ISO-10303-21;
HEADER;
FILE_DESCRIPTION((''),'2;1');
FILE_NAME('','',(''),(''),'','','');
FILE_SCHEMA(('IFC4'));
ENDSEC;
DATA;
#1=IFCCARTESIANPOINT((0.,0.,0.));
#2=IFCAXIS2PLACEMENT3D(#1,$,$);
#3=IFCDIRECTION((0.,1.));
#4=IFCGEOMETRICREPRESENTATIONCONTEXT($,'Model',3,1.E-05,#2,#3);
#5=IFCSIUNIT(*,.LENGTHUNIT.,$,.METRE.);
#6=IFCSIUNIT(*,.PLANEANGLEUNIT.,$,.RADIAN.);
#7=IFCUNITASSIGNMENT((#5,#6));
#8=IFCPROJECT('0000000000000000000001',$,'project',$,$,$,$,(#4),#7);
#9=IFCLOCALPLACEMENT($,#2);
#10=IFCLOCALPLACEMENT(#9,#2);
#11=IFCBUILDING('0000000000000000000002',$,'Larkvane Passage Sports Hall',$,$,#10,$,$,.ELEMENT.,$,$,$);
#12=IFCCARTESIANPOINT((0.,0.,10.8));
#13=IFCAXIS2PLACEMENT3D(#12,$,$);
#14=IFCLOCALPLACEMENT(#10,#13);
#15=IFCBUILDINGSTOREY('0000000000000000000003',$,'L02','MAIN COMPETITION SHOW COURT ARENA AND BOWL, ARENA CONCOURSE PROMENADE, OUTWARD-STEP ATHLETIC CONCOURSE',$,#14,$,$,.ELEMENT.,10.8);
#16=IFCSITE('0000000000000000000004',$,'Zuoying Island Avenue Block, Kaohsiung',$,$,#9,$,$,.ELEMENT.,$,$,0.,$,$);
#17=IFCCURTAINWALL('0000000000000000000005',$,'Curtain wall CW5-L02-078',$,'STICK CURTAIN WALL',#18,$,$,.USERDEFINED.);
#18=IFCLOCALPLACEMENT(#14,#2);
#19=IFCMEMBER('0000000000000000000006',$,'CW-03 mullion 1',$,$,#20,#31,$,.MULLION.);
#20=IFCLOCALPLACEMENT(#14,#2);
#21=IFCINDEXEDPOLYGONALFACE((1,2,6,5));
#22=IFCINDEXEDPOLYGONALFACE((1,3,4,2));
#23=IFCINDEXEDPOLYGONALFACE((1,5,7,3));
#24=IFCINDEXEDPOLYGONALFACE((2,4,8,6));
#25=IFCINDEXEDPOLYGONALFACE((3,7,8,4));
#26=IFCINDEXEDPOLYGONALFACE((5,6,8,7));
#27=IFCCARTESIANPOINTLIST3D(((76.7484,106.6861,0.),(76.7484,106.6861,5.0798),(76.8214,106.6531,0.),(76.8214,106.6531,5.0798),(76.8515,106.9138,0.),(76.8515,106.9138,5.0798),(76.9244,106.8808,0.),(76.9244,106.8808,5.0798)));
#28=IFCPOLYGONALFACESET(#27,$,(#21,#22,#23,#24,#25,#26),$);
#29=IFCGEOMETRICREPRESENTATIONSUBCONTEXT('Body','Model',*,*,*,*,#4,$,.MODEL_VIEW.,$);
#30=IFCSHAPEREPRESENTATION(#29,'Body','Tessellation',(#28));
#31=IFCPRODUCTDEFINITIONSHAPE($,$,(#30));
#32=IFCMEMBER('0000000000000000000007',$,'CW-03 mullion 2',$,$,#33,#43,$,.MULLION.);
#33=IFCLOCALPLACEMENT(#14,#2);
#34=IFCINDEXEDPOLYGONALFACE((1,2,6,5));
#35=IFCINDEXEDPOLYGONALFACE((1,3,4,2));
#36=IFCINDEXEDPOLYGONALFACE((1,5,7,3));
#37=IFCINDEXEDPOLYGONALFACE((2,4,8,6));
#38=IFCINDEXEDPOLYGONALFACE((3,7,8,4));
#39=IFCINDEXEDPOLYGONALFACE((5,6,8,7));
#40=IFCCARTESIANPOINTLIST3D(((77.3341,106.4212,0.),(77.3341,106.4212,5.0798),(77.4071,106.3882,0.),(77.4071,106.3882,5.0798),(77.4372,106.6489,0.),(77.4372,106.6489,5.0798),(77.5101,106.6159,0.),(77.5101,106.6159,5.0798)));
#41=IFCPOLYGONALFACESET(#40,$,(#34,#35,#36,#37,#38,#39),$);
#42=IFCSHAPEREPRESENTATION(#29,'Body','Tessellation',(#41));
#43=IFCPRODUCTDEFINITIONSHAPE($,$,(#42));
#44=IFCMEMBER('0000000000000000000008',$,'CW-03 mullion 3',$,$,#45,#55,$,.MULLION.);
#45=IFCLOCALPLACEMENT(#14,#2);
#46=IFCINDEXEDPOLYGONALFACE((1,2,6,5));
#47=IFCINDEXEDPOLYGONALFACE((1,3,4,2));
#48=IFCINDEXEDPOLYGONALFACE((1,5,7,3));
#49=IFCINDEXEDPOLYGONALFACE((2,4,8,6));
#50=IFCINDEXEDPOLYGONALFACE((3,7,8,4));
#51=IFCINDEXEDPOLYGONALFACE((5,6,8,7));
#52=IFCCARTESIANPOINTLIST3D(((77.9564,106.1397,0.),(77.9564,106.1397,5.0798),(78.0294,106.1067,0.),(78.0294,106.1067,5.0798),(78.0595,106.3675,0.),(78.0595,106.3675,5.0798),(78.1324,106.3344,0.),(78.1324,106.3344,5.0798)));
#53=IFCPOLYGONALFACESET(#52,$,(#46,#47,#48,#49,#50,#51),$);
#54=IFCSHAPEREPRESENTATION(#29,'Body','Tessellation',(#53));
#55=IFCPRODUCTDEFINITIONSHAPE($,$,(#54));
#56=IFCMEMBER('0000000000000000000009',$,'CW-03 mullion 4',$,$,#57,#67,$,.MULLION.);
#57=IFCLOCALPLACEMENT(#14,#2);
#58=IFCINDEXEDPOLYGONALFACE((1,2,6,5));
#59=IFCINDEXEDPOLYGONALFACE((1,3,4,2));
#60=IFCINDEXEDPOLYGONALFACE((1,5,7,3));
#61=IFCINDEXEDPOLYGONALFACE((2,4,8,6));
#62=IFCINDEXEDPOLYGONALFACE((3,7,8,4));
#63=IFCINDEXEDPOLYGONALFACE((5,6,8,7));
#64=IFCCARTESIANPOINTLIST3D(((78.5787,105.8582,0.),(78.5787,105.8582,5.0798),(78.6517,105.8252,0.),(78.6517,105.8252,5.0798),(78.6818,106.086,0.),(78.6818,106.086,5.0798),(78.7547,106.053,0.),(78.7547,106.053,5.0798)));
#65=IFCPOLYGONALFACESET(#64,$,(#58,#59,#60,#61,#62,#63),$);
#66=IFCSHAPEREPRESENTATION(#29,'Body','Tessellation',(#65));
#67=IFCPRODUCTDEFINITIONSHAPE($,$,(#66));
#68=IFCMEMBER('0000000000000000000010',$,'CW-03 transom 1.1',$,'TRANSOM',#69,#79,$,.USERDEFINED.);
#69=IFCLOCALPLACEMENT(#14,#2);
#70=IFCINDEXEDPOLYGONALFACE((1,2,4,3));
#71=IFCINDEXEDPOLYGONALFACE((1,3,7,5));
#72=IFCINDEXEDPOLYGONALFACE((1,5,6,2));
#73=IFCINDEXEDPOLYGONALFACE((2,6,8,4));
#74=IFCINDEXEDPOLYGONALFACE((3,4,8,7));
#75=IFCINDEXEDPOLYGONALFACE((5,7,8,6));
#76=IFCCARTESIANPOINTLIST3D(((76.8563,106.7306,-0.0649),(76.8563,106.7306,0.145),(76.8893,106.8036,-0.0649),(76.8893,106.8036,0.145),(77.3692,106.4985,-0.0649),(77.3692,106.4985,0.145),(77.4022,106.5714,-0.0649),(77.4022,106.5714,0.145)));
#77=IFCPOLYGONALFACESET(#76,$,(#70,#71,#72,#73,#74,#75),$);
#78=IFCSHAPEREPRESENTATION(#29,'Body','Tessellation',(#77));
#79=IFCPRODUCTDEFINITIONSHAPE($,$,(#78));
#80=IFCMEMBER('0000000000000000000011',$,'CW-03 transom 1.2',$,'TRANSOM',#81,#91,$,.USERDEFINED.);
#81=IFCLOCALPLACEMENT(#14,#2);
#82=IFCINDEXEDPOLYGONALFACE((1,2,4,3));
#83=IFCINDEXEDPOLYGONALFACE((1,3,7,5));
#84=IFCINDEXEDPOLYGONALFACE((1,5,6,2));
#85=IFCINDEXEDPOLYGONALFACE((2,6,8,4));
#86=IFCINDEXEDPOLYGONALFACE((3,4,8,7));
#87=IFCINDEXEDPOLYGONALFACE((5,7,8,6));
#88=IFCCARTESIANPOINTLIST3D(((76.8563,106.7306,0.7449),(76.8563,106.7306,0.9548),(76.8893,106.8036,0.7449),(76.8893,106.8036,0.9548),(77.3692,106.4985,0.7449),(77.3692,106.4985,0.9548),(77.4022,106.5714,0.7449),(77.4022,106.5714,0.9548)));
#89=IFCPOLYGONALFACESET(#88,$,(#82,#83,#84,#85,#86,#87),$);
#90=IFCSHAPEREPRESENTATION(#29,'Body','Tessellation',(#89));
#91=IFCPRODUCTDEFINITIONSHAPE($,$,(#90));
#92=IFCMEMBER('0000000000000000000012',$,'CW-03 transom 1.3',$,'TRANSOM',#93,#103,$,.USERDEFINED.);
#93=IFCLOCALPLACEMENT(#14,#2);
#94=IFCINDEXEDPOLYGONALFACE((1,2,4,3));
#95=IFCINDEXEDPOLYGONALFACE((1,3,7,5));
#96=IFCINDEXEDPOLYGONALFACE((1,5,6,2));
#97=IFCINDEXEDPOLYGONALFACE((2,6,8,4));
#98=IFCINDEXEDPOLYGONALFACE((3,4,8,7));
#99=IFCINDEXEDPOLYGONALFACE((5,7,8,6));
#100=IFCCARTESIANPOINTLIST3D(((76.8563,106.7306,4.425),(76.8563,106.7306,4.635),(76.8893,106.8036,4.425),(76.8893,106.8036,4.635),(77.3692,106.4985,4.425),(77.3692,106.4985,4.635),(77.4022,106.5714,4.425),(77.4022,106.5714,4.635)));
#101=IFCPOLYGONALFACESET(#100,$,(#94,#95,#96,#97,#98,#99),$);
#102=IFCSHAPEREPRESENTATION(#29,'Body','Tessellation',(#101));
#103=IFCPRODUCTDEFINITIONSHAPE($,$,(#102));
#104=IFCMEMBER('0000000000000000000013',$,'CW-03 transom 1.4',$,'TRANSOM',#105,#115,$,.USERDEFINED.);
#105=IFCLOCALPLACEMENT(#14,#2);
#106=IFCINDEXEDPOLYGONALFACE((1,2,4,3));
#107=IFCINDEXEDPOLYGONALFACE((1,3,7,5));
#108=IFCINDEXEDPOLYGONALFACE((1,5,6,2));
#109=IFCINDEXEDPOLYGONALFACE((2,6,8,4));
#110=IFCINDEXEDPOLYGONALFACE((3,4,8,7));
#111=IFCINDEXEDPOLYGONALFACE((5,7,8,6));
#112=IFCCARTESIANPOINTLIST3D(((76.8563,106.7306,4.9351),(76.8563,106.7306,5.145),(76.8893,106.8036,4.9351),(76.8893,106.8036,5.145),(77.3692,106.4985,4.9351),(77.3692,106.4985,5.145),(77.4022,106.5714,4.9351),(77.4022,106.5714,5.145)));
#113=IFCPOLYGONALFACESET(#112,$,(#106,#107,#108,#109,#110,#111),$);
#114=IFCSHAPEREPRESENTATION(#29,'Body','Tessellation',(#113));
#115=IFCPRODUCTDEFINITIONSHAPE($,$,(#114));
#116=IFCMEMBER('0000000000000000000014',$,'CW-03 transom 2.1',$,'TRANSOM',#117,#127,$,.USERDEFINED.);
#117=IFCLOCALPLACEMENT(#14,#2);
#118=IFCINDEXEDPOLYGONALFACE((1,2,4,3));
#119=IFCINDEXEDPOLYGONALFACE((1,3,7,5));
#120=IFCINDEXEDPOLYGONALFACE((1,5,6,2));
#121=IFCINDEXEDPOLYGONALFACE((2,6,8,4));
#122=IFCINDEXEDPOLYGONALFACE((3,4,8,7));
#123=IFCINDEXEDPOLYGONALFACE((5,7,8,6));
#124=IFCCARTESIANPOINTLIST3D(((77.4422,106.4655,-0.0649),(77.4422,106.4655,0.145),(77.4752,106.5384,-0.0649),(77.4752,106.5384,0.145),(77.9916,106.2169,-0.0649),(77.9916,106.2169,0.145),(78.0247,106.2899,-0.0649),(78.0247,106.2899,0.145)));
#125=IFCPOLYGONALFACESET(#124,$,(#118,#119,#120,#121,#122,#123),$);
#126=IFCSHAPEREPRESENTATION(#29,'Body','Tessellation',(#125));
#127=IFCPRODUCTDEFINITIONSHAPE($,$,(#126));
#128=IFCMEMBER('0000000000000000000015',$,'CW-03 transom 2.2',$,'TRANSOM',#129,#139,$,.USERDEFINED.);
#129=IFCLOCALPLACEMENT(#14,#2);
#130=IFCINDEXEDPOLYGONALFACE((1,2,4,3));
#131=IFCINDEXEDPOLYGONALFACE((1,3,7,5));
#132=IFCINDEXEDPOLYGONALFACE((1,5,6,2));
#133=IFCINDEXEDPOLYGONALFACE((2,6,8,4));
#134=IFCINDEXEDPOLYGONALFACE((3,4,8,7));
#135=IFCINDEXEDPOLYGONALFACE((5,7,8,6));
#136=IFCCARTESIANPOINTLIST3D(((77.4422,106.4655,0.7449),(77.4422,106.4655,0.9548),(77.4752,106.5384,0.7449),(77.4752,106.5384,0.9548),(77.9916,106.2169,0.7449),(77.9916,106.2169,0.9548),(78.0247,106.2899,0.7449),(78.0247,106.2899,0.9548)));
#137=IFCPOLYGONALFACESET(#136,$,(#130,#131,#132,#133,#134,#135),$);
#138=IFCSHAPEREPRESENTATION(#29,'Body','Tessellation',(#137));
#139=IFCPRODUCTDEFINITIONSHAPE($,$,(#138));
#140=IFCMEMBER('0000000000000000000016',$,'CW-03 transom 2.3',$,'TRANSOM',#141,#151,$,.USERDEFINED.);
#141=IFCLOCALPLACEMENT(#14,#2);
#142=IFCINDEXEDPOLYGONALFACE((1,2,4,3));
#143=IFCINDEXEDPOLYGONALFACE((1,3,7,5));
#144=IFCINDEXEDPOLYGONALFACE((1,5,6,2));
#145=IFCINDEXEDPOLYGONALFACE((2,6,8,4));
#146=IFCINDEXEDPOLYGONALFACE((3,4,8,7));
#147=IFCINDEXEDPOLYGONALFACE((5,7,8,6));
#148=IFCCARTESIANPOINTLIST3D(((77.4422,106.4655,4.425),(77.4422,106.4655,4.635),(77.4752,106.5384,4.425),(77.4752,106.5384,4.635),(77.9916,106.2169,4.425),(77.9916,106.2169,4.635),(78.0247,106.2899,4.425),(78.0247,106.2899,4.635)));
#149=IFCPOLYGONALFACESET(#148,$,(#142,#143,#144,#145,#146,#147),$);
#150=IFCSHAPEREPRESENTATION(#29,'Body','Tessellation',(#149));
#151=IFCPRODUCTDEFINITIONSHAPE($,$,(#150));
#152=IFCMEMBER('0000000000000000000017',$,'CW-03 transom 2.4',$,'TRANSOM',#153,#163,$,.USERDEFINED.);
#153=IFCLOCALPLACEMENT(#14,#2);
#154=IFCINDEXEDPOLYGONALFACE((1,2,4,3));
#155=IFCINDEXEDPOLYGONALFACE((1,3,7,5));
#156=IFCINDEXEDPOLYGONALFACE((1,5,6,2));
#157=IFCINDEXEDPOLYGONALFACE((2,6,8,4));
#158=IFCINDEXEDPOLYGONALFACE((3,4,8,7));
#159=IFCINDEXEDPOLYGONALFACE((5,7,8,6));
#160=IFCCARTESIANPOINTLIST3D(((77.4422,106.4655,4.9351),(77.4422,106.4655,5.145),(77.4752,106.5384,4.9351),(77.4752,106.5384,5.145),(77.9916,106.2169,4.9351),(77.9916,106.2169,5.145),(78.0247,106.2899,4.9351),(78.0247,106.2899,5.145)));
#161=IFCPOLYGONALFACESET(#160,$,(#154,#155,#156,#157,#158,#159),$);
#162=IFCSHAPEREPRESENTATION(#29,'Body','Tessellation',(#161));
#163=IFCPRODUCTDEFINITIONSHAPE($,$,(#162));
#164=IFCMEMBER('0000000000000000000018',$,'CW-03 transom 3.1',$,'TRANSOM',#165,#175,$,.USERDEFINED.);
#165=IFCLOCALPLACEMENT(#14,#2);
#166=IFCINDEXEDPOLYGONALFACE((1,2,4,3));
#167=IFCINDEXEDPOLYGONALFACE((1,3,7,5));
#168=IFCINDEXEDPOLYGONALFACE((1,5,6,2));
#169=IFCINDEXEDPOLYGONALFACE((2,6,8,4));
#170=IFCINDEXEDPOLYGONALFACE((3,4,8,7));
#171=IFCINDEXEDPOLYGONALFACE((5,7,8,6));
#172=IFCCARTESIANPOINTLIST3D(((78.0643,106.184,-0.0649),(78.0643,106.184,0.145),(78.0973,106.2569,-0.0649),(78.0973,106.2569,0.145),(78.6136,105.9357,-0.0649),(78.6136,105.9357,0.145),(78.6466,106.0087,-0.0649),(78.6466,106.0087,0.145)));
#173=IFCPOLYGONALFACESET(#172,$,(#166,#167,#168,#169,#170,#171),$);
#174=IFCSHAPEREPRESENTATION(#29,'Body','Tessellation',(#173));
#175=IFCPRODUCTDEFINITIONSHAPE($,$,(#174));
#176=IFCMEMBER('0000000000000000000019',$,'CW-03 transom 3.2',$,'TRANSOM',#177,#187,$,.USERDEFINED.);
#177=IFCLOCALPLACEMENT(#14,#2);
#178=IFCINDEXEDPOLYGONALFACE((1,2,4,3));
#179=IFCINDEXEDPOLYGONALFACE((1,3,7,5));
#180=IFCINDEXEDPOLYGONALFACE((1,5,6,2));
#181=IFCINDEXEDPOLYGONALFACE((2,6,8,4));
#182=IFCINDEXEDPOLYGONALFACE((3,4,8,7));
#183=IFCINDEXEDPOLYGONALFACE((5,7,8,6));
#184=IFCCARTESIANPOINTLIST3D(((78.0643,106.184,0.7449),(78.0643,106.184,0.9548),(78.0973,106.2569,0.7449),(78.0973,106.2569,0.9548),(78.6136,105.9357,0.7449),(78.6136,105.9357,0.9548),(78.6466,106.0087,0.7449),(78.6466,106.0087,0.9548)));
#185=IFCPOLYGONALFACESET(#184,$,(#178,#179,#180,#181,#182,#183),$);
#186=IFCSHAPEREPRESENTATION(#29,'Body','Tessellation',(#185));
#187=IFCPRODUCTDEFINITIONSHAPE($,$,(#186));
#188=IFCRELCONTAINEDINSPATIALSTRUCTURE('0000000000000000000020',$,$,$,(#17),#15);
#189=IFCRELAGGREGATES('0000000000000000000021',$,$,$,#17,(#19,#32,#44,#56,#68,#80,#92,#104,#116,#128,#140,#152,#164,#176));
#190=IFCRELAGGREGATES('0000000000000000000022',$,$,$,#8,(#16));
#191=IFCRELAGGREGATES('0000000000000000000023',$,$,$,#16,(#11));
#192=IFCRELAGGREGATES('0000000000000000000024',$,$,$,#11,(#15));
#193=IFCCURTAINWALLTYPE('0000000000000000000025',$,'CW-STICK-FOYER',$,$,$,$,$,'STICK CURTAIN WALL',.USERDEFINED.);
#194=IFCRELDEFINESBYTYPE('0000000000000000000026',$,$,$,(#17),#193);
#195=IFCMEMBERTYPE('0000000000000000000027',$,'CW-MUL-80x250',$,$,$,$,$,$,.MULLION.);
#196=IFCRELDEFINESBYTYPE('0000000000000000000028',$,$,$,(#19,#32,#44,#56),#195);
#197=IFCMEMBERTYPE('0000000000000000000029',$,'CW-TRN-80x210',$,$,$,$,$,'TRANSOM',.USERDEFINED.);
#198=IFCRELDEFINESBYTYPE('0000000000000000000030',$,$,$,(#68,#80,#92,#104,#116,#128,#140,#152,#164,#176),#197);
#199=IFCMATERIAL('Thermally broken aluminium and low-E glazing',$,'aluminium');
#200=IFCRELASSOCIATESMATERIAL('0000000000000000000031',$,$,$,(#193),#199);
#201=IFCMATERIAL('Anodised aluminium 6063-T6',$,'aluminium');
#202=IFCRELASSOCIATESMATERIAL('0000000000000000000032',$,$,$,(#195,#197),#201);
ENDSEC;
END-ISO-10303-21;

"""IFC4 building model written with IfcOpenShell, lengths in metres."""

from ifc_helpers import new_model, si_unit, direction, frame, origin, origin_2d, place, context, subcontext, project, spatial, rectangle, extrude, material, material_profile, profile_set, type_object, element, aggregate, save


model = new_model("IFC4")

# Units and contexts
model_context = context("Model", 3, precision=1e-05, world=origin(), true_north=direction((0.0, 1.0)))
body_context = subcontext(model_context, "Body", "Model", "MODEL_VIEW")
ifc_project = project(units=[si_unit("LENGTHUNIT", "METRE"), si_unit("PLANEANGLEUNIT", "RADIAN")], contexts=[model_context])

# Site, building, storey
site_placement = place(None, origin())
site = spatial("IfcSite", under=ifc_project, at=site_placement, Name="Zuoying Island Avenue Block, Kaohsiung", CompositionType="ELEMENT", RefElevation=0.0)
building_placement = place(site_placement, origin())
building = spatial("IfcBuilding", under=site, at=building_placement, Name="Larkvane Passage Sports Hall", CompositionType="ELEMENT")
storey_placement = place(building_placement, frame((0.0, 0.0, 10.8)))
storey = spatial("IfcBuildingStorey", under=building, at=storey_placement, Name="L02", Description="MAIN COMPETITION SHOW COURT ARENA AND BOWL, ARENA CONCOURSE PROMENADE, OUTWARD-STEP ATHLETIC CONCOURSE", CompositionType="ELEMENT", Elevation=10.8)

# Curtain wall, members
ifc_material_1 = material(Name="Thermally broken aluminium and low-E glazing", Category="aluminium")
curtain_wall_type = type_object("IfcCurtainWallType", Name="CW-STICK-FOYER", ElementType="STICK CURTAIN WALL", PredefinedType="USERDEFINED", material=ifc_material_1)
curtain_wall_placement = place(storey_placement, origin())
curtain_wall = element("IfcCurtainWall", 1, at=curtain_wall_placement, inside=storey, type_object=curtain_wall_type, Name="Curtain wall CW5-L02-078", ObjectType="STICK CURTAIN WALL", PredefinedType="USERDEFINED")
ifc_material_2 = material(Name="Anodised aluminium 6063-T6", Category="aluminium")
ifc_material_profile_1 = material_profile(ifc_material_2, rectangle(XDim=0.0801, YDim=0.25, at=origin_2d()), Name="ALU-MUL-80x250")
ifc_profile_set_1 = profile_set([ifc_material_profile_1], Name="Anodised aluminium 6063-T6")
member_type_1 = type_object("IfcMemberType", Name="CW-MUL-80x250", PredefinedType="MULLION", material=ifc_profile_set_1)
member_1_placement = place(storey_placement, frame((76.8364, 106.7834, 0.0), z_axis=(0.0, 0.0, 1.0), x_axis=(0.91111, -0.412163, 0.0)))
member_1 = element("IfcMember", 2, at=member_1_placement, type_object=member_type_1, Name="CW-03 mullion 1", PredefinedType="MULLION", context=body_context, shape_type="SweptSolid", body=[
    extrude(rectangle(XDim=0.0801, YDim=0.25, at=origin_2d()), origin(), (0.0, 0.0, 1.0), 5.0798),
])
member_2_placement = place(storey_placement, frame((77.4221, 106.5186, 0.0), z_axis=(0.0, 0.0, 1.0), x_axis=(0.91111, -0.412163, 0.0)))
member_2 = element("IfcMember", 3, at=member_2_placement, type_object=member_type_1, Name="CW-03 mullion 2", PredefinedType="MULLION", context=body_context, shape_type="SweptSolid", body=[
    extrude(rectangle(XDim=0.0801, YDim=0.25, at=origin_2d()), origin(), (0.0, 0.0, 1.0), 5.0798),
])
member_3_placement = place(storey_placement, frame((78.0444, 106.2371, 0.0), z_axis=(0.0, 0.0, 1.0), x_axis=(0.91111, -0.412163, 0.0)))
member_3 = element("IfcMember", 4, at=member_3_placement, type_object=member_type_1, Name="CW-03 mullion 3", PredefinedType="MULLION", context=body_context, shape_type="SweptSolid", body=[
    extrude(rectangle(XDim=0.0801, YDim=0.25, at=origin_2d()), origin(), (0.0, 0.0, 1.0), 5.0798),
])
member_4_placement = place(storey_placement, frame((78.6667, 105.9556, 0.0), z_axis=(0.0, 0.0, 1.0), x_axis=(0.91111, -0.412163, 0.0)))
member_4 = element("IfcMember", 5, at=member_4_placement, type_object=member_type_1, Name="CW-03 mullion 4", PredefinedType="MULLION", context=body_context, shape_type="SweptSolid", body=[
    extrude(rectangle(XDim=0.0801, YDim=0.25, at=origin_2d()), origin(), (0.0, 0.0, 1.0), 5.0798),
])
ifc_material_profile_2 = material_profile(ifc_material_2, rectangle(XDim=0.0801, YDim=0.21, at=origin_2d()), Name="ALU-TRN-80x210")
ifc_profile_set_2 = profile_set([ifc_material_profile_2], Name="Anodised aluminium 6063-T6")
member_type_2 = type_object("IfcMemberType", Name="CW-TRN-80x210", ElementType="TRANSOM", PredefinedType="USERDEFINED", material=ifc_profile_set_2)
member_5_placement = place(storey_placement, frame((76.8728, 106.7671, 0.04), z_axis=(0.911019, -0.412365, 0.0), x_axis=(0.412365, 0.911019, 0.0)))
member_5 = element("IfcMember", 6, at=member_5_placement, type_object=member_type_2, Name="CW-03 transom 1.1", ObjectType="TRANSOM", PredefinedType="USERDEFINED", context=body_context, shape_type="SweptSolid", body=[
    extrude(rectangle(XDim=0.0801, YDim=0.21, at=origin_2d()), origin(), (0.0, 0.0, 1.0), 0.563),
])
member_6_placement = place(storey_placement, frame((76.8728, 106.7671, 0.8499), z_axis=(0.911019, -0.412365, 0.0), x_axis=(0.412365, 0.911019, 0.0)))
member_6 = element("IfcMember", 7, at=member_6_placement, type_object=member_type_2, Name="CW-03 transom 1.2", ObjectType="TRANSOM", PredefinedType="USERDEFINED", context=body_context, shape_type="SweptSolid", body=[
    extrude(rectangle(XDim=0.0801, YDim=0.21, at=origin_2d()), origin(), (0.0, 0.0, 1.0), 0.563),
])
member_7_placement = place(storey_placement, frame((76.8728, 106.7671, 4.53), z_axis=(0.911019, -0.412365, 0.0), x_axis=(0.412365, 0.911019, 0.0)))
member_7 = element("IfcMember", 8, at=member_7_placement, type_object=member_type_2, Name="CW-03 transom 1.3", ObjectType="TRANSOM", PredefinedType="USERDEFINED", context=body_context, shape_type="SweptSolid", body=[
    extrude(rectangle(XDim=0.0801, YDim=0.21, at=origin_2d()), origin(), (0.0, 0.0, 1.0), 0.563),
])
member_8_placement = place(storey_placement, frame((76.8728, 106.7671, 5.04), z_axis=(0.911019, -0.412365, 0.0), x_axis=(0.412365, 0.911019, 0.0)))
member_8 = element("IfcMember", 9, at=member_8_placement, type_object=member_type_2, Name="CW-03 transom 1.4", ObjectType="TRANSOM", PredefinedType="USERDEFINED", context=body_context, shape_type="SweptSolid", body=[
    extrude(rectangle(XDim=0.0801, YDim=0.21, at=origin_2d()), origin(), (0.0, 0.0, 1.0), 0.563),
])
member_9_placement = place(storey_placement, frame((77.4587, 106.502, 0.04), z_axis=(0.911086, -0.412216, 0.0), x_axis=(0.412216, 0.911086, 0.0)))
member_9 = element("IfcMember", 10, at=member_9_placement, type_object=member_type_2, Name="CW-03 transom 2.1", ObjectType="TRANSOM", PredefinedType="USERDEFINED", context=body_context, shape_type="SweptSolid", body=[
    extrude(rectangle(XDim=0.0801, YDim=0.21, at=origin_2d()), origin(), (0.0, 0.0, 1.0), 0.603),
])
member_10_placement = place(storey_placement, frame((77.4587, 106.502, 0.8499), z_axis=(0.911086, -0.412216, 0.0), x_axis=(0.412216, 0.911086, 0.0)))
member_10 = element("IfcMember", 11, at=member_10_placement, type_object=member_type_2, Name="CW-03 transom 2.2", ObjectType="TRANSOM", PredefinedType="USERDEFINED", context=body_context, shape_type="SweptSolid", body=[
    extrude(rectangle(XDim=0.0801, YDim=0.21, at=origin_2d()), origin(), (0.0, 0.0, 1.0), 0.603),
])
member_11_placement = place(storey_placement, frame((77.4587, 106.502, 4.53), z_axis=(0.911086, -0.412216, 0.0), x_axis=(0.412216, 0.911086, 0.0)))
member_11 = element("IfcMember", 12, at=member_11_placement, type_object=member_type_2, Name="CW-03 transom 2.3", ObjectType="TRANSOM", PredefinedType="USERDEFINED", context=body_context, shape_type="SweptSolid", body=[
    extrude(rectangle(XDim=0.0801, YDim=0.21, at=origin_2d()), origin(), (0.0, 0.0, 1.0), 0.603),
])
member_12_placement = place(storey_placement, frame((77.4587, 106.502, 5.04), z_axis=(0.911086, -0.412216, 0.0), x_axis=(0.412216, 0.911086, 0.0)))
member_12 = element("IfcMember", 13, at=member_12_placement, type_object=member_type_2, Name="CW-03 transom 2.4", ObjectType="TRANSOM", PredefinedType="USERDEFINED", context=body_context, shape_type="SweptSolid", body=[
    extrude(rectangle(XDim=0.0801, YDim=0.21, at=origin_2d()), origin(), (0.0, 0.0, 1.0), 0.603),
])
member_13_placement = place(storey_placement, frame((78.0808, 106.2205, 0.04), z_axis=(0.911238, -0.41188, 0.0), x_axis=(0.41188, 0.911238, 0.0)))
member_13 = element("IfcMember", 14, at=member_13_placement, type_object=member_type_2, Name="CW-03 transom 3.1", ObjectType="TRANSOM", PredefinedType="USERDEFINED", context=body_context, shape_type="SweptSolid", body=[
    extrude(rectangle(XDim=0.0801, YDim=0.21, at=origin_2d()), origin(), (0.0, 0.0, 1.0), 0.6028),
])
member_14_placement = place(storey_placement, frame((78.0808, 106.2205, 0.8499), z_axis=(0.911238, -0.41188, 0.0), x_axis=(0.41188, 0.911238, 0.0)))
member_14 = element("IfcMember", 15, at=member_14_placement, type_object=member_type_2, Name="CW-03 transom 3.2", ObjectType="TRANSOM", PredefinedType="USERDEFINED", context=body_context, shape_type="SweptSolid", body=[
    extrude(rectangle(XDim=0.0801, YDim=0.21, at=origin_2d()), origin(), (0.0, 0.0, 1.0), 0.6028),
])
aggregate(curtain_wall, [member_1, member_2, member_3, member_4, member_5, member_6, member_7, member_8, member_9, member_10, member_11, member_12, member_13, member_14])

save(model, "model.ifc")
